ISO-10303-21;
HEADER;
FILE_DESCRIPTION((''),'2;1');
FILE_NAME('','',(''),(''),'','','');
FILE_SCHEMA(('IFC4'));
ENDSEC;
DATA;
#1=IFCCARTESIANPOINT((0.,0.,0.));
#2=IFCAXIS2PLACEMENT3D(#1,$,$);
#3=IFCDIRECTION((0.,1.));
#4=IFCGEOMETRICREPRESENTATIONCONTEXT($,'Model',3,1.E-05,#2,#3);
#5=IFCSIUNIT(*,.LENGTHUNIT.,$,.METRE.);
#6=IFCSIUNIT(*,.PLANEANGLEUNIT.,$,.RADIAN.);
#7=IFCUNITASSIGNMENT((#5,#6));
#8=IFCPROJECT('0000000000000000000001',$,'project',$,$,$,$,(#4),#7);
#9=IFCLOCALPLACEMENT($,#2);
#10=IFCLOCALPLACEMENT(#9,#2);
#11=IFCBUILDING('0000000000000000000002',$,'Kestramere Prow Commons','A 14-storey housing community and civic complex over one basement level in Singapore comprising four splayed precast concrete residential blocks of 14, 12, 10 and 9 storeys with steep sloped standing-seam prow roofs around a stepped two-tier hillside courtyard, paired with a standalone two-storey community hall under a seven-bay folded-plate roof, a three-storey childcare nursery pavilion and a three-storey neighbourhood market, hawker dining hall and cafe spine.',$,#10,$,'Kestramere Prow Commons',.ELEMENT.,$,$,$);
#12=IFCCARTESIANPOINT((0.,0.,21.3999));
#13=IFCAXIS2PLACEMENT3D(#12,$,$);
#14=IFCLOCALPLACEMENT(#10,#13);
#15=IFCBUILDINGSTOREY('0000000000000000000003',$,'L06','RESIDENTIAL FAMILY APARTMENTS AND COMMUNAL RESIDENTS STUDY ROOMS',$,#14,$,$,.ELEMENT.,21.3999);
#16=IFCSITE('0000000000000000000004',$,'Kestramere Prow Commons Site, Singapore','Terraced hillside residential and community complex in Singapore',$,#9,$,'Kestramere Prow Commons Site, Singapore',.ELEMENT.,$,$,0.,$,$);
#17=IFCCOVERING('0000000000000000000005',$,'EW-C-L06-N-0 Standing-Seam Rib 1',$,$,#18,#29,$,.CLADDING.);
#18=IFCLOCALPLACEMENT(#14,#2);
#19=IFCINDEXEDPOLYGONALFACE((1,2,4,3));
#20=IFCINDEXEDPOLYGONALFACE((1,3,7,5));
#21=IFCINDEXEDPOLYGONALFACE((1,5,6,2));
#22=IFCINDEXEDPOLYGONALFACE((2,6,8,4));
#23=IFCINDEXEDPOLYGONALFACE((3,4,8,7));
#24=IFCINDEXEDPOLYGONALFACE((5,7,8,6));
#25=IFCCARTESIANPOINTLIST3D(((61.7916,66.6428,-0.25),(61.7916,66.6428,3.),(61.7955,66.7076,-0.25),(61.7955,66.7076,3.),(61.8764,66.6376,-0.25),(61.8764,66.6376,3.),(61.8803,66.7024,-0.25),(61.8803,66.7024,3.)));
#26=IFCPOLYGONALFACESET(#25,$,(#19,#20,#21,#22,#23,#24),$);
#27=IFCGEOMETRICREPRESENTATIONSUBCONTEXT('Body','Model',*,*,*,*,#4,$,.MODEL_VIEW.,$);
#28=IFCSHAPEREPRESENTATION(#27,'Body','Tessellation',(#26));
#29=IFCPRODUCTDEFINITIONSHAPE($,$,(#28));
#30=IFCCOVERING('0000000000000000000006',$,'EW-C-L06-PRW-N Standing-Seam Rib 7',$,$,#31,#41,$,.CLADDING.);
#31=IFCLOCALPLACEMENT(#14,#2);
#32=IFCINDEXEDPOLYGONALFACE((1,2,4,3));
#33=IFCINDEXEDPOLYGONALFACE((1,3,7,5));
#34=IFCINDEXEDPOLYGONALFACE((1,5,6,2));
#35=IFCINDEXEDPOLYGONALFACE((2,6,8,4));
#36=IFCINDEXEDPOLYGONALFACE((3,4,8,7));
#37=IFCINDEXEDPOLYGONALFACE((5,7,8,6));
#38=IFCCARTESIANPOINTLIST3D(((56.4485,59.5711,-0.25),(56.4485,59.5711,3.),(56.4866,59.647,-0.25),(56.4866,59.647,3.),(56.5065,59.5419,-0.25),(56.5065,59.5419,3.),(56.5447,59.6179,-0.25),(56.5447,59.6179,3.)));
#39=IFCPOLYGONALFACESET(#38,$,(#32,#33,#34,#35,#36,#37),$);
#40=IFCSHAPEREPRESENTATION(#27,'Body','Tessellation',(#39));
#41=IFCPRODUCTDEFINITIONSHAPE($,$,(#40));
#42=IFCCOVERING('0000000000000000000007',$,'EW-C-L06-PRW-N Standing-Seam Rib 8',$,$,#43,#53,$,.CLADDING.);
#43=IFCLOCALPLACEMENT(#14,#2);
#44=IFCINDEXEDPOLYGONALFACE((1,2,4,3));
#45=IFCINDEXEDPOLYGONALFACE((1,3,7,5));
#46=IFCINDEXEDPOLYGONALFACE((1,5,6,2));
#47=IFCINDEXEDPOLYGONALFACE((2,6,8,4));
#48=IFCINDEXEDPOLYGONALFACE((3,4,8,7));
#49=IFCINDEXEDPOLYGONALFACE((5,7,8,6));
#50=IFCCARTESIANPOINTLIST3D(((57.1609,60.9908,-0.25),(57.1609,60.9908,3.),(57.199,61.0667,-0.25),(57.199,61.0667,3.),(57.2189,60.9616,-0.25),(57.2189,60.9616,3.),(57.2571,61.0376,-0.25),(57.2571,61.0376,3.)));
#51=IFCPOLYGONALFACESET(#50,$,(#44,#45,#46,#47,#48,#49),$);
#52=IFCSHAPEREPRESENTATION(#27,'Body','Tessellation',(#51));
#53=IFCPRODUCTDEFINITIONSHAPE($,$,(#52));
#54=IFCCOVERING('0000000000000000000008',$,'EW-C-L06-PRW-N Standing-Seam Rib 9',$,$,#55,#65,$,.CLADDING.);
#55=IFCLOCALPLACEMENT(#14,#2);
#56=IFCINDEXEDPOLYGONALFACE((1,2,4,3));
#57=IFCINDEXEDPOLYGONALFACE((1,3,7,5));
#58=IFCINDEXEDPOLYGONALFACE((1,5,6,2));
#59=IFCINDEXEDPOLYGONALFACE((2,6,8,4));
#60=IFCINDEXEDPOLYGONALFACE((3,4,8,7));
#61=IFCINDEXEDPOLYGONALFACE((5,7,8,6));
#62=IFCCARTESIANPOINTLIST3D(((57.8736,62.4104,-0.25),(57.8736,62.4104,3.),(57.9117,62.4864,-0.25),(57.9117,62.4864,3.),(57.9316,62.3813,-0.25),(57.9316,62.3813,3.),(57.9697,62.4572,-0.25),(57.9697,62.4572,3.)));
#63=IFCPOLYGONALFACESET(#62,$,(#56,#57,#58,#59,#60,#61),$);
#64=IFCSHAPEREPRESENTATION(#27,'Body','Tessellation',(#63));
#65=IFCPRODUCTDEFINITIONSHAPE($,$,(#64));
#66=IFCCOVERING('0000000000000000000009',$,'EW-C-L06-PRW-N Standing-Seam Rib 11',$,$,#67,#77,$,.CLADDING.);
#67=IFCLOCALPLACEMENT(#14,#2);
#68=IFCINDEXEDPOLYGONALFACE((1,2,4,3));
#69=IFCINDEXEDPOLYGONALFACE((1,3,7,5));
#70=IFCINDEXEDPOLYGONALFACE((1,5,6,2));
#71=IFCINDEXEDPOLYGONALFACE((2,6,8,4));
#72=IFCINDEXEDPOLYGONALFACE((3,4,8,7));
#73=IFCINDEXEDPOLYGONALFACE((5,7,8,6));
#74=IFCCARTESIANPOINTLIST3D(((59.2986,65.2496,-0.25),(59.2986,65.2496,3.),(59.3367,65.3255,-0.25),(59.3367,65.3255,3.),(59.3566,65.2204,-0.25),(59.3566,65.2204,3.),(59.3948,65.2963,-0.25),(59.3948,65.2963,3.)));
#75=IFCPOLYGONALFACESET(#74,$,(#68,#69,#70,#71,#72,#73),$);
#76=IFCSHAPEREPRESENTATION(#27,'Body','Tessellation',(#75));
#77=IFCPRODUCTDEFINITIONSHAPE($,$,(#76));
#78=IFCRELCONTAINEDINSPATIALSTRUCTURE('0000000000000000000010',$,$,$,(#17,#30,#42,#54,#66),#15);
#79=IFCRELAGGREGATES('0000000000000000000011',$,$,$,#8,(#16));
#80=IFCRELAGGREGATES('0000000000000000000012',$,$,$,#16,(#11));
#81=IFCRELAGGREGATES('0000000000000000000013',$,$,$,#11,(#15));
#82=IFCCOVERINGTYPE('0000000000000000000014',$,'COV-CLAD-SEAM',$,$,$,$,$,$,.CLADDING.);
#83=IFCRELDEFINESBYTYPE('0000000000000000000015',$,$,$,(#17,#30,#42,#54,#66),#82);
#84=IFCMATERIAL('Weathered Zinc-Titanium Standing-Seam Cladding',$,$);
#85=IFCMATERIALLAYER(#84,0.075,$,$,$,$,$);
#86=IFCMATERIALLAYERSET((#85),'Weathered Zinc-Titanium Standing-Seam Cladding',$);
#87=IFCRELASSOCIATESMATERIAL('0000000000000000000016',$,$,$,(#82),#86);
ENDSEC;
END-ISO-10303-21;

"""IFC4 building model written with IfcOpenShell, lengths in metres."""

from ifc_helpers import new_model, si_unit, direction, frame, origin, origin_2d, place, context, subcontext, project, spatial, rectangle, extrude, material, layer, layer_set, type_object, element, save


model = new_model("IFC4")

# Units and contexts
model_context = context("Model", 3, precision=1e-05, world=origin(), true_north=direction((0.0, 1.0)))
body_context = subcontext(model_context, "Body", "Model", "MODEL_VIEW")
ifc_project = project(units=[si_unit("LENGTHUNIT", "METRE"), si_unit("PLANEANGLEUNIT", "RADIAN")], contexts=[model_context])

# Site, building, storey
site_placement = place(None, origin())
site = spatial("IfcSite", under=ifc_project, at=site_placement, Name="Kestramere Prow Commons Site, Singapore", Description="Terraced hillside residential and community complex in Singapore", LongName="Kestramere Prow Commons Site, Singapore", CompositionType="ELEMENT", RefElevation=0.0)
building_placement = place(site_placement, origin())
building = spatial("IfcBuilding", under=site, at=building_placement, Name="Kestramere Prow Commons", Description="A 14-storey housing community and civic complex over one basement level in Singapore comprising four splayed precast concrete residential blocks of 14, 12, 10 and 9 storeys with steep sloped standing-seam prow roofs around a stepped two-tier hillside courtyard, paired with a standalone two-storey community hall under a seven-bay folded-plate roof, a three-storey childcare nursery pavilion and a three-storey neighbourhood market, hawker dining hall and cafe spine.", LongName="Kestramere Prow Commons", CompositionType="ELEMENT")
storey_placement = place(building_placement, frame((0.0, 0.0, 21.3999)))
storey = spatial("IfcBuildingStorey", under=building, at=storey_placement, Name="L06", Description="RESIDENTIAL FAMILY APARTMENTS AND COMMUNAL RESIDENTS STUDY ROOMS", CompositionType="ELEMENT", Elevation=21.3999)

# Coverings
ifc_material_1 = material(Name="Weathered Zinc-Titanium Standing-Seam Cladding")
ifc_layer_1 = layer(ifc_material_1, 0.075)
ifc_layer_set_1 = layer_set([ifc_layer_1], Name="Weathered Zinc-Titanium Standing-Seam Cladding")
covering_type = type_object("IfcCoveringType", Name="COV-CLAD-SEAM", PredefinedType="CLADDING", material=ifc_layer_set_1)
for number, where, z_axis, x_axis, name in (
    (1, (61.8359, 66.6726, -0.25), (0.0, 0.0, 1.0), (0.998135, -0.061049, 0.0), "EW-C-L06-N-0 Standing-Seam Rib 1"),
    (2, (56.4966, 59.5945, -0.25), (0.0, 0.0, 1.0), (0.44862, 0.893722, 0.0), "EW-C-L06-PRW-N Standing-Seam Rib 7"),
    (3, (57.209, 61.0142, -0.25), (0.0, 0.0, 1.0), (0.44862, 0.893722, 0.0), "EW-C-L06-PRW-N Standing-Seam Rib 8"),
    (4, (57.9216, 62.4338, -0.25), (0.0, 0.0, 1.0), (0.44862, 0.893722, 0.0), "EW-C-L06-PRW-N Standing-Seam Rib 9"),
    (5, (59.3467, 65.2729, -0.25), (0.0, 0.0, 1.0), (0.44862, 0.893722, 0.0), "EW-C-L06-PRW-N Standing-Seam Rib 11"),
):
    element("IfcCovering", number, at=place(storey_placement, frame(where, z_axis=z_axis, x_axis=x_axis)), inside=storey, type_object=covering_type, Name=name, PredefinedType="CLADDING", context=body_context, shape_type="SweptSolid", body=[
        extrude(rectangle(XDim=0.085, YDim=0.0649, at=origin_2d()), origin(), (0.0, 0.0, 1.0), 3.25),
    ])

save(model, "model.ifc")
